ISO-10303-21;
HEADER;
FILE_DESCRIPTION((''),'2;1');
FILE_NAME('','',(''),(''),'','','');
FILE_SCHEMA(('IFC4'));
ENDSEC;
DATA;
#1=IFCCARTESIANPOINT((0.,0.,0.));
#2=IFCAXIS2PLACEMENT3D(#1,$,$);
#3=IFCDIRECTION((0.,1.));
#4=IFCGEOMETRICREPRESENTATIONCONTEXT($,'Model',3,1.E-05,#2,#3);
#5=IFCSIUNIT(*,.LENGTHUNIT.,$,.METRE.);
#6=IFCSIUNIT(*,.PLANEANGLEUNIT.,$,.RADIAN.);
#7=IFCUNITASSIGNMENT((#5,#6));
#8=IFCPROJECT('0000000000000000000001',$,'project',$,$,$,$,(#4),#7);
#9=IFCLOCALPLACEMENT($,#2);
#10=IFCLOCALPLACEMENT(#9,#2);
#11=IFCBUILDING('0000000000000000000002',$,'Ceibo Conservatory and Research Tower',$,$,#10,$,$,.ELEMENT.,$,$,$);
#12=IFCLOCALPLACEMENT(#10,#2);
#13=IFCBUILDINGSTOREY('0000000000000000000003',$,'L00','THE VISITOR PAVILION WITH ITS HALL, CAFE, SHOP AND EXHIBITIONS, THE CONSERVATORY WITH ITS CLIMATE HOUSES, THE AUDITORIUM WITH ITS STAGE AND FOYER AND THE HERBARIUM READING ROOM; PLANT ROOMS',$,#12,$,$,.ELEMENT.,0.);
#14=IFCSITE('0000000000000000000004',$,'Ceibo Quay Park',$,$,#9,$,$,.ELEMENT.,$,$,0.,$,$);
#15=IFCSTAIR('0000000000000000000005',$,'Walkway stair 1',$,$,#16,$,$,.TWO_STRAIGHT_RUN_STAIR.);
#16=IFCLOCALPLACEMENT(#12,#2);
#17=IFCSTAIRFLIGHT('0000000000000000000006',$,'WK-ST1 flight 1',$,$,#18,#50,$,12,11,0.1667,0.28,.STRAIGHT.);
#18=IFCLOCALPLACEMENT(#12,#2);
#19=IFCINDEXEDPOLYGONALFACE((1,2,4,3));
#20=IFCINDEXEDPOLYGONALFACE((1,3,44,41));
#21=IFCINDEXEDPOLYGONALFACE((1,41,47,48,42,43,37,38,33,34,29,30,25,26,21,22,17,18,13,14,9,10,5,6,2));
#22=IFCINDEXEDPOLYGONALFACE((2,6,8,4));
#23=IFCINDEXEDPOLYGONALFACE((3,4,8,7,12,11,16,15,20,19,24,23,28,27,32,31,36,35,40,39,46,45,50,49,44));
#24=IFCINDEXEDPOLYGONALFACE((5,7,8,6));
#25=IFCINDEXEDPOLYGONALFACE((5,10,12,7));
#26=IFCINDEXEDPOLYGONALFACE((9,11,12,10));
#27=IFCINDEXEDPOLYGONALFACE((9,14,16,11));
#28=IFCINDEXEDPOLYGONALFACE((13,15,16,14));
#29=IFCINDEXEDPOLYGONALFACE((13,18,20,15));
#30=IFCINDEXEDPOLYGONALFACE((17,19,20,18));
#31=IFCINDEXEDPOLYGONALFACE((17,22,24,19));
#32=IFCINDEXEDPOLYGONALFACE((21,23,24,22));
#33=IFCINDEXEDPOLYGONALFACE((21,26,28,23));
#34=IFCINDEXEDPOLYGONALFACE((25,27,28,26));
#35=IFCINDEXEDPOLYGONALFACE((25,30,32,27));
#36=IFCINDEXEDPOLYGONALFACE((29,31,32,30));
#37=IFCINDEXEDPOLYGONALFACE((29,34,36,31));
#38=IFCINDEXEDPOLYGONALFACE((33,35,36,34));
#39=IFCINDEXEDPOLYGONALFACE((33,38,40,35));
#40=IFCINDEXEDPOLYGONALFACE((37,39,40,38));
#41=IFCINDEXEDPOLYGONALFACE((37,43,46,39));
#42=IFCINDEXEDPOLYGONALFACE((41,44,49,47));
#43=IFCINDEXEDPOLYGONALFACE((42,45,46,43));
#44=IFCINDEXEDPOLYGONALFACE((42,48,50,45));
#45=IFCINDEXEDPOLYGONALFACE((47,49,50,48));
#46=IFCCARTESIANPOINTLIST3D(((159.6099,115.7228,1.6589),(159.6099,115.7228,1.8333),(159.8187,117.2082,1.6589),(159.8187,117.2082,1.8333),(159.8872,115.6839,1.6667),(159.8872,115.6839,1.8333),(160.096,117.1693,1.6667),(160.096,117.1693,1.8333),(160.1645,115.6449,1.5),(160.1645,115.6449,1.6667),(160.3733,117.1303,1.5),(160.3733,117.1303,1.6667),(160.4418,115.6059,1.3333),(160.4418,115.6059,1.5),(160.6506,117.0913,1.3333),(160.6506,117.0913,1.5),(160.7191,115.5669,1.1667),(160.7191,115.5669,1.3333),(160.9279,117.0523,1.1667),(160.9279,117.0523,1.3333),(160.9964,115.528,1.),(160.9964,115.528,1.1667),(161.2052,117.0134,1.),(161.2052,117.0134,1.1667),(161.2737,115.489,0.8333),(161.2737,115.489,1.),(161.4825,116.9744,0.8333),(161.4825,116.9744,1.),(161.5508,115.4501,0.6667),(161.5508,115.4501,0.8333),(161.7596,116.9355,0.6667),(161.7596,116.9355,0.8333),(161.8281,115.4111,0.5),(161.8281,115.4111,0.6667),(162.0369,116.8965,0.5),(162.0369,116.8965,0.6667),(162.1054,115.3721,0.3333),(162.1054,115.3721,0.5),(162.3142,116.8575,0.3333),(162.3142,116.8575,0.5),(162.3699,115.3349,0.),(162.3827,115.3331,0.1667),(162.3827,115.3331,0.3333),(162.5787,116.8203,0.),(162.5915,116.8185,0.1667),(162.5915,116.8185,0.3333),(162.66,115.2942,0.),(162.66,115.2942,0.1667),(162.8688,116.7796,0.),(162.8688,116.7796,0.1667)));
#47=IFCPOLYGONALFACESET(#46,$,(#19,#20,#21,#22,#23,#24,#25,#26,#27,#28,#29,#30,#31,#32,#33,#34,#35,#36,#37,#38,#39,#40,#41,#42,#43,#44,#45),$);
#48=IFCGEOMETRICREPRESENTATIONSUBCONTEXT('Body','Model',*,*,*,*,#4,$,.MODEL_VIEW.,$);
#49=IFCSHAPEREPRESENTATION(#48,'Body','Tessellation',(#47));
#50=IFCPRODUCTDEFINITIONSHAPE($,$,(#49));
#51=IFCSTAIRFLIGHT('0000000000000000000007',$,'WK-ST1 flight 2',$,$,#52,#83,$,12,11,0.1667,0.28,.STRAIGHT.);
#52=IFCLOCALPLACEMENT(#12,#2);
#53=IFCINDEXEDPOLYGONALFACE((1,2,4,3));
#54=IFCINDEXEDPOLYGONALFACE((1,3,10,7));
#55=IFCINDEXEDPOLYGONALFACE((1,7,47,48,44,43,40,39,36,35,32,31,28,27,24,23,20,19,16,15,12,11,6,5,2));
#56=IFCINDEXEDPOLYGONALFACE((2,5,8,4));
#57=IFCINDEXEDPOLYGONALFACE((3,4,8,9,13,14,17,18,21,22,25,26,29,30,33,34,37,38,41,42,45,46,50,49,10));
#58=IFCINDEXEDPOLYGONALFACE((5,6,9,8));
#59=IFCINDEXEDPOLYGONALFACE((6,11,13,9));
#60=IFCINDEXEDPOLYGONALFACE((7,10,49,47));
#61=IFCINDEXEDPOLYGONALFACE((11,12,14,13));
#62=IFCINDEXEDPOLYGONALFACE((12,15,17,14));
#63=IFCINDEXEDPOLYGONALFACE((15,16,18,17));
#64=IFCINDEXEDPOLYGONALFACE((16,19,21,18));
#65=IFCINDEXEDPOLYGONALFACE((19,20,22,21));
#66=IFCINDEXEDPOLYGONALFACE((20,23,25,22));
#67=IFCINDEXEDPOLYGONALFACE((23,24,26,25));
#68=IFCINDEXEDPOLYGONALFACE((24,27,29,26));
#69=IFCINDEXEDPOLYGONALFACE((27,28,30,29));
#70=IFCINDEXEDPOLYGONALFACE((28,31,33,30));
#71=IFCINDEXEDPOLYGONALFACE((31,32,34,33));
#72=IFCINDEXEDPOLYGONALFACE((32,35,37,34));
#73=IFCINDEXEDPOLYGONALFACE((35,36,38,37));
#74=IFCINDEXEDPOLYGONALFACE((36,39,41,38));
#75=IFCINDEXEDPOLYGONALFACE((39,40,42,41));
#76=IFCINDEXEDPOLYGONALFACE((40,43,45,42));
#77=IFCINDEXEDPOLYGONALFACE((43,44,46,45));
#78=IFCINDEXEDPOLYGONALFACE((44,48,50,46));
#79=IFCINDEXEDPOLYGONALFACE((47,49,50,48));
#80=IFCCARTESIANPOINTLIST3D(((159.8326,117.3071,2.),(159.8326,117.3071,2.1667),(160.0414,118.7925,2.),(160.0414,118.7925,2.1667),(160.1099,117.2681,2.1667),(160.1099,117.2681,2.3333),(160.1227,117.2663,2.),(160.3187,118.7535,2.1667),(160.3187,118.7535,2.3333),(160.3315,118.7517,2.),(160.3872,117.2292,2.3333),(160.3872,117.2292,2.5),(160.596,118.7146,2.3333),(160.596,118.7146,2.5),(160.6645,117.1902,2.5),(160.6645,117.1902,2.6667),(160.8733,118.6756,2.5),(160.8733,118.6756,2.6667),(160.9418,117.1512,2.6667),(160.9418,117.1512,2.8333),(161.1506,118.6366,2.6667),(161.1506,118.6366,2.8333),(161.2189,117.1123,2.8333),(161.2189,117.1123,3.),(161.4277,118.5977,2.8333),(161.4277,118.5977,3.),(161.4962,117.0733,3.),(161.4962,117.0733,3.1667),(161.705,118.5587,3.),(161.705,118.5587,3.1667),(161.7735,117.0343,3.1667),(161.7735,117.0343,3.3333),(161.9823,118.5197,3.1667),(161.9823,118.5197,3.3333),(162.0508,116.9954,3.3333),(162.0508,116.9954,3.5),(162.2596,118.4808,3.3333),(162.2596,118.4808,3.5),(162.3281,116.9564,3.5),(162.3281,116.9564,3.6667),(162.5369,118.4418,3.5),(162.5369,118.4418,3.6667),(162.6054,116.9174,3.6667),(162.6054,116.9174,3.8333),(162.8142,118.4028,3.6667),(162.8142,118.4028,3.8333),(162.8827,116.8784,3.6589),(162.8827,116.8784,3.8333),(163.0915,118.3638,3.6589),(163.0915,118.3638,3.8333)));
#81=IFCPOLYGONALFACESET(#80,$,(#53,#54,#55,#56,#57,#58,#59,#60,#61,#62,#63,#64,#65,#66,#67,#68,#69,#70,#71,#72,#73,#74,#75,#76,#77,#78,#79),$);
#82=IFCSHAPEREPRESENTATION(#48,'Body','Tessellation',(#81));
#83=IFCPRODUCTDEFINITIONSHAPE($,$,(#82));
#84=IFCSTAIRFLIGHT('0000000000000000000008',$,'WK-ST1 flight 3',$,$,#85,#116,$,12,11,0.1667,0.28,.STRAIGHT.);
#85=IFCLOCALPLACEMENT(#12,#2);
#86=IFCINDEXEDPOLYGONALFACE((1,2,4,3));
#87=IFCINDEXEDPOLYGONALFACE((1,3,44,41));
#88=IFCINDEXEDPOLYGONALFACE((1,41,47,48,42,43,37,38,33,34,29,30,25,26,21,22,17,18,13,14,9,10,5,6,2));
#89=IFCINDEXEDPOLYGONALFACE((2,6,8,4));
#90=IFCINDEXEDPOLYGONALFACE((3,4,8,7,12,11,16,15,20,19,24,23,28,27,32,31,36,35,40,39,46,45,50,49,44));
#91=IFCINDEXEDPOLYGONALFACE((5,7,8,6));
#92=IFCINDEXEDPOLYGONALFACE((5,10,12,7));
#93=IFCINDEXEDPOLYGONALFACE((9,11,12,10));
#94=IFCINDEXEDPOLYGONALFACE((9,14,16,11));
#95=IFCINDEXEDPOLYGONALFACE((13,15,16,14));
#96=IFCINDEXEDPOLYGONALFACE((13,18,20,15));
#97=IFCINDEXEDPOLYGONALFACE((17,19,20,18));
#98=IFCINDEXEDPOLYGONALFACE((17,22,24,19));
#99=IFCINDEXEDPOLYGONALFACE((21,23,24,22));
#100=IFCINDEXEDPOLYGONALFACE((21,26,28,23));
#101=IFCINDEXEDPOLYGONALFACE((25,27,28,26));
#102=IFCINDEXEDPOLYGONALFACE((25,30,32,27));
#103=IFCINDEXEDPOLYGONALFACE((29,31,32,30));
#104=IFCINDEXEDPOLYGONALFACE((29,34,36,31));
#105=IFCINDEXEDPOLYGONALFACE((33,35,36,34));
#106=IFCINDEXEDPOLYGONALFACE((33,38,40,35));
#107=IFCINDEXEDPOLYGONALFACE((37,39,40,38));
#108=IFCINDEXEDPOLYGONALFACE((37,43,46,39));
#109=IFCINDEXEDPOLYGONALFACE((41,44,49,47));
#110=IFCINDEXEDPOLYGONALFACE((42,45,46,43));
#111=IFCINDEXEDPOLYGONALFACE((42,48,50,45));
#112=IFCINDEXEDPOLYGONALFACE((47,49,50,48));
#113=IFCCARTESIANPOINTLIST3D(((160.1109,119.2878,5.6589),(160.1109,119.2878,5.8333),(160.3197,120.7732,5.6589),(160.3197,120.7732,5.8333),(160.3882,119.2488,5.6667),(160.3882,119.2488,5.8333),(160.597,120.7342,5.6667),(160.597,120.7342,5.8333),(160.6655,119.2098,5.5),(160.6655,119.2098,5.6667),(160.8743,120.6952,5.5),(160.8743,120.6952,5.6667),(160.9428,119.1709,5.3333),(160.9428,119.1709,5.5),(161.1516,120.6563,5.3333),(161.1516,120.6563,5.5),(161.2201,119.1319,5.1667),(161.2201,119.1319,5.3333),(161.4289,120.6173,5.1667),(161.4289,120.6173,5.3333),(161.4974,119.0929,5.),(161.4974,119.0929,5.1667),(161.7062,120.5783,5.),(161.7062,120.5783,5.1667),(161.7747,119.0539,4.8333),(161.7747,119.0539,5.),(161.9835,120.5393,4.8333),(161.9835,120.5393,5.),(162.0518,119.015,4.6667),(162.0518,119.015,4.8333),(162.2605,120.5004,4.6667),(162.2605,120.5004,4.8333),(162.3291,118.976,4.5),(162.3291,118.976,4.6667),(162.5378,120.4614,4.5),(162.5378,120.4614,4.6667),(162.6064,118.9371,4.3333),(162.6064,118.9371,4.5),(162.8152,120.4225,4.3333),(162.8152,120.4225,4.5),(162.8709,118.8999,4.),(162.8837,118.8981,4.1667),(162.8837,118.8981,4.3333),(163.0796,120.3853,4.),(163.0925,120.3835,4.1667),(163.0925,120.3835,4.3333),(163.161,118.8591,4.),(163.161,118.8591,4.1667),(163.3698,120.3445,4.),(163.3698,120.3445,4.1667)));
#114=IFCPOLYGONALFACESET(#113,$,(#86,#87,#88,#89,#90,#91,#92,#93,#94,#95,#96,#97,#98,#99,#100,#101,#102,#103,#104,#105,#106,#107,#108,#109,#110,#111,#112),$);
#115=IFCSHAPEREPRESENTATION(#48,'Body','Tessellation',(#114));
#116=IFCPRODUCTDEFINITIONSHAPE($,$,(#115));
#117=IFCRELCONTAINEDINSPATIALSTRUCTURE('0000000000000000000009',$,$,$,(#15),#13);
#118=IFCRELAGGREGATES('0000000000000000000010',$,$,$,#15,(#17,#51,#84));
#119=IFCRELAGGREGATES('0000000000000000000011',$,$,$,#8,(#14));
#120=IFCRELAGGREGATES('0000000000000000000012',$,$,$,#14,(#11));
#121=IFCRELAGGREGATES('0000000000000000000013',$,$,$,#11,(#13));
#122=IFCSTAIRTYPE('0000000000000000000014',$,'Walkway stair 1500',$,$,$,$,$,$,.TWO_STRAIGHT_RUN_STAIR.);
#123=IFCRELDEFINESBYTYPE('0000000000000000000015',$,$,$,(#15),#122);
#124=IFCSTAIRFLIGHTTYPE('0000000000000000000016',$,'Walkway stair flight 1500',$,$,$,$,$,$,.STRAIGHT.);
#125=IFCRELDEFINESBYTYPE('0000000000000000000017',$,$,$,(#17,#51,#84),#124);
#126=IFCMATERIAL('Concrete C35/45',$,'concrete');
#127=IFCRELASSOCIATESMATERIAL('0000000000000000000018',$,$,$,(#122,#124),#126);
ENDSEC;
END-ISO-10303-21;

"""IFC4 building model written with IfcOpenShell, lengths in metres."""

from ifc_helpers import new_model, si_unit, direction, frame, origin, place, context, subcontext, project, spatial, polyline, outline, extrude, material, type_object, element, aggregate, save


model = new_model("IFC4")

# Units and contexts
model_context = context("Model", 3, precision=1e-05, world=origin(), true_north=direction((0.0, 1.0)))
body_context = subcontext(model_context, "Body", "Model", "MODEL_VIEW")
ifc_project = project(units=[si_unit("LENGTHUNIT", "METRE"), si_unit("PLANEANGLEUNIT", "RADIAN")], contexts=[model_context])

# Site, building, storey
site_placement = place(None, origin())
site = spatial("IfcSite", under=ifc_project, at=site_placement, Name="Ceibo Quay Park", CompositionType="ELEMENT", RefElevation=0.0)
building_placement = place(site_placement, origin())
building = spatial("IfcBuilding", under=site, at=building_placement, Name="Ceibo Conservatory and Research Tower", CompositionType="ELEMENT")
storey_placement = place(building_placement, origin())
storey = spatial("IfcBuildingStorey", under=building, at=storey_placement, Name="L00", Description="THE VISITOR PAVILION WITH ITS HALL, CAFE, SHOP AND EXHIBITIONS, THE CONSERVATORY WITH ITS CLIMATE HOUSES, THE AUDITORIUM WITH ITS STAGE AND FOYER AND THE HERBARIUM READING ROOM; PLANT ROOMS", CompositionType="ELEMENT", Elevation=0.0)

# Stair
ifc_material_1 = material(Name="Concrete C35/45", Category="concrete")
stair_type = type_object("IfcStairType", Name="Walkway stair 1500", PredefinedType="TWO_STRAIGHT_RUN_STAIR", material=ifc_material_1)
stair_placement = place(storey_placement, origin())
stair = element("IfcStair", 1, at=stair_placement, inside=storey, type_object=stair_type, Name="Walkway stair 1", PredefinedType="TWO_STRAIGHT_RUN_STAIR")

# Stair flights
stair_flight_type = type_object("IfcStairFlightType", Name="Walkway stair flight 1500", PredefinedType="STRAIGHT", material=ifc_material_1)
stair_flight_1_placement = place(storey_placement, frame((162.7644, 116.0369, 0.0), z_axis=(0.0, 0.0, 1.0), x_axis=(-0.990268, 0.139173, 0.0)))
stair_flight_1 = element("IfcStairFlight", 2, at=stair_flight_1_placement, type_object=stair_flight_type, Name="WK-ST1 flight 1", NumberOfRisers=12, NumberOfTreads=11, PredefinedType="STRAIGHT", RiserHeight=0.1667, TreadLength=0.28, context=body_context, shape_type="SweptSolid", body=[
    extrude(outline(polyline([(0.0, 0.0), (0.0, 0.1667), (0.28, 0.1667), (0.28, 0.3333), (0.5601, 0.3333), (0.5601, 0.5), (0.8401, 0.5), (0.8401, 0.6667), (1.1201, 0.6667), (1.1201, 0.8333), (1.3999, 0.8333), (1.3999, 1.0), (1.6799, 1.0), (1.6799, 1.1667), (1.96, 1.1667), (1.96, 1.3333), (2.24, 1.3333), (2.24, 1.5), (2.52, 1.5), (2.52, 1.6667), (2.8, 1.6667), (2.8, 1.8333), (3.0801, 1.8333), (3.0801, 2.0), (3.0801, 1.6589), (0.293, 0.0), (0.0, 0.0)])), frame((0.0, 0.75, 0.0), z_axis=(0.0, -1.0, 0.0), x_axis=(1.0, 0.0, 0.0)), (0.0, 0.0, 1.0), 1.5),
])
stair_flight_2_placement = place(storey_placement, frame((159.937, 118.0498, 2.0), z_axis=(0.0, 0.0, 1.0), x_axis=(0.990268, -0.139173, 0.0)))
stair_flight_2 = element("IfcStairFlight", 3, at=stair_flight_2_placement, type_object=stair_flight_type, Name="WK-ST1 flight 2", NumberOfRisers=12, NumberOfTreads=11, PredefinedType="STRAIGHT", RiserHeight=0.1667, TreadLength=0.28, context=body_context, shape_type="SweptSolid", body=[
    extrude(outline(polyline([(0.0, 0.0), (0.0, 0.1667), (0.28, 0.1667), (0.28, 0.3333), (0.5601, 0.3333), (0.5601, 0.5), (0.8401, 0.5), (0.8401, 0.6667), (1.1201, 0.6667), (1.1201, 0.8333), (1.3999, 0.8333), (1.3999, 1.0), (1.6799, 1.0), (1.6799, 1.1667), (1.96, 1.1667), (1.96, 1.3333), (2.24, 1.3333), (2.24, 1.5), (2.52, 1.5), (2.52, 1.6667), (2.8, 1.6667), (2.8, 1.8333), (3.0801, 1.8333), (3.0801, 2.0), (3.0801, 1.6589), (0.293, 0.0), (0.0, 0.0)])), frame((0.0, 0.75, 0.0), z_axis=(0.0, -1.0, 0.0), x_axis=(1.0, 0.0, 0.0)), (0.0, 0.0, 1.0), 1.5),
])
stair_flight_3_placement = place(storey_placement, frame((163.2654, 119.6018, 4.0), z_axis=(0.0, 0.0, 1.0), x_axis=(-0.990268, 0.139173, 0.0)))
stair_flight_3 = element("IfcStairFlight", 4, at=stair_flight_3_placement, type_object=stair_flight_type, Name="WK-ST1 flight 3", NumberOfRisers=12, NumberOfTreads=11, PredefinedType="STRAIGHT", RiserHeight=0.1667, TreadLength=0.28, context=body_context, shape_type="SweptSolid", body=[
    extrude(outline(polyline([(0.0, 0.0), (0.0, 0.1667), (0.28, 0.1667), (0.28, 0.3333), (0.5601, 0.3333), (0.5601, 0.5), (0.8401, 0.5), (0.8401, 0.6667), (1.1201, 0.6667), (1.1201, 0.8333), (1.3999, 0.8333), (1.3999, 1.0), (1.6799, 1.0), (1.6799, 1.1667), (1.96, 1.1667), (1.96, 1.3333), (2.24, 1.3333), (2.24, 1.5), (2.52, 1.5), (2.52, 1.6667), (2.8, 1.6667), (2.8, 1.8333), (3.0801, 1.8333), (3.0801, 2.0), (3.0801, 1.6589), (0.293, 0.0), (0.0, 0.0)])), frame((0.0, 0.75, 0.0), z_axis=(0.0, -1.0, 0.0), x_axis=(1.0, 0.0, 0.0)), (0.0, 0.0, 1.0), 1.5),
])
aggregate(stair, [stair_flight_1, stair_flight_2, stair_flight_3])

save(model, "model.ifc")
